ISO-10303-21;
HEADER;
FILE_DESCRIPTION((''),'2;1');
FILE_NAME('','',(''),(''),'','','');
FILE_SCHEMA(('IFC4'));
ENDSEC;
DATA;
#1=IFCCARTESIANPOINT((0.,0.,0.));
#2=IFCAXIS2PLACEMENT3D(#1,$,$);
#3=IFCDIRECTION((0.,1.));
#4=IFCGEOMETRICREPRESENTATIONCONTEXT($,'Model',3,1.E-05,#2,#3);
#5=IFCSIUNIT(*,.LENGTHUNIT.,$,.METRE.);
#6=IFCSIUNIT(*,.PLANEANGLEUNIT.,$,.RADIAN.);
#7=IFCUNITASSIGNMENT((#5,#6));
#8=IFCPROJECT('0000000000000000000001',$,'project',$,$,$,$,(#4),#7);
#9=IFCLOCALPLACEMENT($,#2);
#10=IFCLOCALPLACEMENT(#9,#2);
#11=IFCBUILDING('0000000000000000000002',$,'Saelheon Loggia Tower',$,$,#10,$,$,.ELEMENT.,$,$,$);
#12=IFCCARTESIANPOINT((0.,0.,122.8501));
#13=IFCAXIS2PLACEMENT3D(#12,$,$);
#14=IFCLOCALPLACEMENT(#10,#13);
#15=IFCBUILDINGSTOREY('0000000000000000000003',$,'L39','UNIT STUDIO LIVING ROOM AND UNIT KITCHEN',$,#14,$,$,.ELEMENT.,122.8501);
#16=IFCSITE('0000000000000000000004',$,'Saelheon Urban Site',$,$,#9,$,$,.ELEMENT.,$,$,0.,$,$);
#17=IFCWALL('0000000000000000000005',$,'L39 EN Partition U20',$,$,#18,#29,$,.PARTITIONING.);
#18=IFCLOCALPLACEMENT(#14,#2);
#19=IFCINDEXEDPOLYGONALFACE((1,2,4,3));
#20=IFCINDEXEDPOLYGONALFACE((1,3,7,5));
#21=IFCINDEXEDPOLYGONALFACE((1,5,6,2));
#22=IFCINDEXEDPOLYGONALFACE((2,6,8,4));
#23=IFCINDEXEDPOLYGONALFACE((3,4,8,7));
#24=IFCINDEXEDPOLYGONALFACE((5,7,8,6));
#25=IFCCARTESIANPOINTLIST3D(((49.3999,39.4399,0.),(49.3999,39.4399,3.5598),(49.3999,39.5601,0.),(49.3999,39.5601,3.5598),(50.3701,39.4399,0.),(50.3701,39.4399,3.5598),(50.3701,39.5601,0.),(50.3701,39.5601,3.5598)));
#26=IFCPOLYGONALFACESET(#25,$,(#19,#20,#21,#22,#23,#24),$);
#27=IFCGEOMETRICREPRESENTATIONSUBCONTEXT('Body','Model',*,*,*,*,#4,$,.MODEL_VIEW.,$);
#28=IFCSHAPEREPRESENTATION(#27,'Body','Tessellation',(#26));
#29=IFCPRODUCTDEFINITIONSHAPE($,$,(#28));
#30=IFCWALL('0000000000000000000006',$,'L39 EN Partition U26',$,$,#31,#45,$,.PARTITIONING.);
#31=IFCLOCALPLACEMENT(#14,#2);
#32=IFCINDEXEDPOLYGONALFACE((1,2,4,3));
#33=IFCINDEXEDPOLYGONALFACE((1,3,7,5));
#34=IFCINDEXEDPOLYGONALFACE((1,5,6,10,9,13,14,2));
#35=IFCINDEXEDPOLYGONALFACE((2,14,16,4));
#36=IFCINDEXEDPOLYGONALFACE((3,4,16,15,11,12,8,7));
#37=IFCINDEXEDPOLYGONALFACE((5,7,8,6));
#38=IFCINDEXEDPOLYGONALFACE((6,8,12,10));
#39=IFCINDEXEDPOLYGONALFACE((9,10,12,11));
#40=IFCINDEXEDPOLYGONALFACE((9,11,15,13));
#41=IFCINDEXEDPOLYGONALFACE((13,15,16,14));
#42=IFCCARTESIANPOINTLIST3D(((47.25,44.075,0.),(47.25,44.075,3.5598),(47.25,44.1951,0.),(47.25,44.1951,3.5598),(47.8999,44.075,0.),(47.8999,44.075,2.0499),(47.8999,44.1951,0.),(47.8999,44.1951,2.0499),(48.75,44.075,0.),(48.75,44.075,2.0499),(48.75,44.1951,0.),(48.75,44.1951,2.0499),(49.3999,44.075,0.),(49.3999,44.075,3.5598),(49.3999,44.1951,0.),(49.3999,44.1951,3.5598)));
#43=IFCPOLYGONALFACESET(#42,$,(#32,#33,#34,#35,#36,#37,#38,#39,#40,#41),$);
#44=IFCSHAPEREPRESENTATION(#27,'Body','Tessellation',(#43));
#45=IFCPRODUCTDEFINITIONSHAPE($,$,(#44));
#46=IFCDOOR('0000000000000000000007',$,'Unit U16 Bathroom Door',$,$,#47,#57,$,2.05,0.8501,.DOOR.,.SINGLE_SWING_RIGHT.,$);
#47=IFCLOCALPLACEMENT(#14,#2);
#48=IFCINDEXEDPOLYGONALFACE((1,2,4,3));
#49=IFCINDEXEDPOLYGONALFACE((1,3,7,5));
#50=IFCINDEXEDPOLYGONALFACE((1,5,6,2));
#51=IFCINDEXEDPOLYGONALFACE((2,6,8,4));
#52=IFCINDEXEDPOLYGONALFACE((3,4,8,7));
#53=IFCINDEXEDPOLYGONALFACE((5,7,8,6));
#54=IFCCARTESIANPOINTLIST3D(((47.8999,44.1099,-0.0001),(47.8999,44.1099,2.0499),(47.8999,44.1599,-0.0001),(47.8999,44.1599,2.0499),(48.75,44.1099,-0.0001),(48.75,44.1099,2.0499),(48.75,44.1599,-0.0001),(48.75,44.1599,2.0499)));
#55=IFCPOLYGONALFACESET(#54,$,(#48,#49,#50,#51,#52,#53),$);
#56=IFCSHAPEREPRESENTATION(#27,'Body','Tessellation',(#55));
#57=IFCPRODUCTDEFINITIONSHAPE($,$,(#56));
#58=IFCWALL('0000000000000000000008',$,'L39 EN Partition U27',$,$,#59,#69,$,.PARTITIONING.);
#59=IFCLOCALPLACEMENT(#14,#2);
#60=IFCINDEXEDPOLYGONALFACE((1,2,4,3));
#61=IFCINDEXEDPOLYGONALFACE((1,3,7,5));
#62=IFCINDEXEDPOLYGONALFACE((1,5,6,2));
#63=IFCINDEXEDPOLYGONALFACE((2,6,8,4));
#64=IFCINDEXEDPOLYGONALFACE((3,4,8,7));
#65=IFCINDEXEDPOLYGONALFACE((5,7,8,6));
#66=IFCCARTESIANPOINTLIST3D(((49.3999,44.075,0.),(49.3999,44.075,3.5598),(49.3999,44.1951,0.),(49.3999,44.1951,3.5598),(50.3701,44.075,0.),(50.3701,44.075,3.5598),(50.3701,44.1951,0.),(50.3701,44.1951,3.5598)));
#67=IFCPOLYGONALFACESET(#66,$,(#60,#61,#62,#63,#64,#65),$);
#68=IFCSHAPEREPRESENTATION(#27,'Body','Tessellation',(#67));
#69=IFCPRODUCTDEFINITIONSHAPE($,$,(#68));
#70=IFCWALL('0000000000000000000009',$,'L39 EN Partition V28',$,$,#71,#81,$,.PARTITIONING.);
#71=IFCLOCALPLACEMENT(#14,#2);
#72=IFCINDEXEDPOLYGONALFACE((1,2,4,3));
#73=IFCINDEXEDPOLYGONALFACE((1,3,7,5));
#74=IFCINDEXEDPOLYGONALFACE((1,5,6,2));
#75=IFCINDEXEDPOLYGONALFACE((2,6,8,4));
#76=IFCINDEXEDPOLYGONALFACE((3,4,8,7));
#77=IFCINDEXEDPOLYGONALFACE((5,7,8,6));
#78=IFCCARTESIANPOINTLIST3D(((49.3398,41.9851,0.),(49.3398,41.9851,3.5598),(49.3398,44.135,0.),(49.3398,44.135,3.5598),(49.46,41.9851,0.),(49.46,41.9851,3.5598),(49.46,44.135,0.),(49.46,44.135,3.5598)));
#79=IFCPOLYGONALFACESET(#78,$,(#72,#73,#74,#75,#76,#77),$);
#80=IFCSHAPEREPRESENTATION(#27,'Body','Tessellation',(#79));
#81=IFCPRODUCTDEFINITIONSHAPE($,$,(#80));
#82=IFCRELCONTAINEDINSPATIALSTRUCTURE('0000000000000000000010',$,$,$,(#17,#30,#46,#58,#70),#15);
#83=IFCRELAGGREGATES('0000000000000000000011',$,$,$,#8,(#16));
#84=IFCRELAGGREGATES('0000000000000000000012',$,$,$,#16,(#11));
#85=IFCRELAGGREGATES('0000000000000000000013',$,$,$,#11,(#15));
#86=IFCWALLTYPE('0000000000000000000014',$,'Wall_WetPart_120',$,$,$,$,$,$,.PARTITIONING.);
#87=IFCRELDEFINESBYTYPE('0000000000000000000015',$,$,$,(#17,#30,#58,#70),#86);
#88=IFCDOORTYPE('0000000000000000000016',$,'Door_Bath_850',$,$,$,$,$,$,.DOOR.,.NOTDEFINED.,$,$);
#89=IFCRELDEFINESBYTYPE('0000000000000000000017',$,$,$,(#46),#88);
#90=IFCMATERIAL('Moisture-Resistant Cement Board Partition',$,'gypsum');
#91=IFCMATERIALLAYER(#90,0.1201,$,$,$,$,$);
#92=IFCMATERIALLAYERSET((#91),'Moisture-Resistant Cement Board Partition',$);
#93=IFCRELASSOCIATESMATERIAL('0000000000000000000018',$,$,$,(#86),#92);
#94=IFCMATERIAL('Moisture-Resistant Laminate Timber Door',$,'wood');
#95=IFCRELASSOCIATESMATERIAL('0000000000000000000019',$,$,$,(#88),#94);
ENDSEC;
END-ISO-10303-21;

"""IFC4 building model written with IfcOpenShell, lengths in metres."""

from ifc_helpers import new_model, si_unit, direction, frame, frame_2d, origin, place, context, subcontext, project, spatial, rectangle, extrude, source, transform, mapped, material, layer, layer_set, type_object, element, fill, save


model = new_model("IFC4")

# Units and contexts
model_context = context("Model", 3, precision=1e-05, world=origin(), true_north=direction((0.0, 1.0)))
body_context = subcontext(model_context, "Body", "Model", "MODEL_VIEW")
ifc_project = project(units=[si_unit("LENGTHUNIT", "METRE"), si_unit("PLANEANGLEUNIT", "RADIAN")], contexts=[model_context])

# Site, building, storey
site_placement = place(None, origin())
site = spatial("IfcSite", under=ifc_project, at=site_placement, Name="Saelheon Urban Site", CompositionType="ELEMENT", RefElevation=0.0)
building_placement = place(site_placement, origin())
building = spatial("IfcBuilding", under=site, at=building_placement, Name="Saelheon Loggia Tower", CompositionType="ELEMENT")
storey_placement = place(building_placement, frame((0.0, 0.0, 122.8501)))
storey = spatial("IfcBuildingStorey", under=building, at=storey_placement, Name="L39", Description="UNIT STUDIO LIVING ROOM AND UNIT KITCHEN", CompositionType="ELEMENT", Elevation=122.8501)

# Wall
ifc_material_1 = material(Name="Moisture-Resistant Cement Board Partition", Category="gypsum")
ifc_layer_1 = layer(ifc_material_1, 0.1201)
ifc_layer_set_1 = layer_set([ifc_layer_1], Name="Moisture-Resistant Cement Board Partition")
wall_type_1 = type_object("IfcWallType", Name="Wall_WetPart_120", PredefinedType="PARTITIONING", material=ifc_layer_set_1)
wall_1_placement = place(storey_placement, frame((49.3999, 39.5, 0.0), z_axis=(0.0, 0.0, 1.0), x_axis=(1.0, 0.0, 0.0)))
element("IfcWall", 1, at=wall_1_placement, inside=storey, type_object=wall_type_1, Name="L39 EN Partition U20", PredefinedType="PARTITIONING", context=body_context, shape_type="SweptSolid", body=[
    extrude(rectangle(XDim=0.9702, YDim=0.1201, at=frame_2d((0.4851, 0.0))), origin(), (0.0, 0.0, 1.0), 3.5598),
])

# Wall, opening, door
wall_2_placement = place(storey_placement, frame((47.25, 44.135, 0.0), z_axis=(0.0, 0.0, 1.0), x_axis=(1.0, 0.0, 0.0)))
wall_2 = element("IfcWall", 2, at=wall_2_placement, inside=storey, type_object=wall_type_1, Name="L39 EN Partition U26", PredefinedType="PARTITIONING", context=body_context, shape_type="SweptSolid", body=[
    extrude(rectangle(XDim=2.1499, YDim=0.1201, at=frame_2d((1.075, 0.0))), origin(), (0.0, 0.0, 1.0), 3.5598),
])
opening_1_placement = place(wall_2_placement, frame((0.6499, 0.0, 0.0)))
opening_1 = element("IfcOpeningElement", 3, at=opening_1_placement, cuts=wall_2, PredefinedType="OPENING", context=body_context, shape_type="SweptSolid", body=[
    extrude(rectangle(XDim=0.8501, YDim=2.05, at=frame_2d((0.425, 1.0249))), frame((0.0, 0.072, 0.0), z_axis=(0.0, -1.0, 0.0), x_axis=(1.0, 0.0, 0.0)), (0.0, 0.0, 1.0), 0.144),
])
ifc_material_2 = material(Name="Moisture-Resistant Laminate Timber Door", Category="wood")
door_type_1 = type_object("IfcDoorType", Name="Door_Bath_850", OperationType="NOTDEFINED", PredefinedType="DOOR", material=ifc_material_2)
shared_shape_1 = source(origin(), body_context, "Body", "SweptSolid", [
    extrude(rectangle(XDim=0.8501, YDim=2.05, at=frame_2d((0.425, 1.0249))), frame((0.0, 0.0249, 0.0), z_axis=(0.0, -1.0, 0.0), x_axis=(1.0, 0.0, 0.0)), (0.0, 0.0, 1.0), 0.05),
])
door_1_placement = place(opening_1_placement, origin())
door_1 = element("IfcDoor", 4, at=door_1_placement, inside=storey, type_object=door_type_1, Name="Unit U16 Bathroom Door", OperationType="SINGLE_SWING_RIGHT", OverallHeight=2.05, OverallWidth=0.8501, PredefinedType="DOOR", context=body_context, shape_type="MappedRepresentation", body=[
    mapped(shared_shape_1, transform((0.0, 0.0, 0.0), scale=1.0)),
])
fill(opening_1, door_1)

# Walls
wall_3_placement = place(storey_placement, frame((49.3999, 44.135, 0.0), z_axis=(0.0, 0.0, 1.0), x_axis=(1.0, 0.0, 0.0)))
element("IfcWall", 5, at=wall_3_placement, inside=storey, type_object=wall_type_1, Name="L39 EN Partition U27", PredefinedType="PARTITIONING", context=body_context, shape_type="SweptSolid", body=[
    extrude(rectangle(XDim=0.9702, YDim=0.1201, at=frame_2d((0.4851, 0.0))), origin(), (0.0, 0.0, 1.0), 3.5598),
])
wall_4_placement = place(storey_placement, frame((49.3999, 41.9851, 0.0), z_axis=(0.0, 0.0, 1.0), x_axis=(0.0, 1.0, 0.0)))
element("IfcWall", 6, at=wall_4_placement, inside=storey, type_object=wall_type_1, Name="L39 EN Partition V28", PredefinedType="PARTITIONING", context=body_context, shape_type="SweptSolid", body=[
    extrude(rectangle(XDim=2.1499, YDim=0.1201, at=frame_2d((1.075, 0.0))), origin(), (0.0, 0.0, 1.0), 3.5598),
])

save(model, "model.ifc")
